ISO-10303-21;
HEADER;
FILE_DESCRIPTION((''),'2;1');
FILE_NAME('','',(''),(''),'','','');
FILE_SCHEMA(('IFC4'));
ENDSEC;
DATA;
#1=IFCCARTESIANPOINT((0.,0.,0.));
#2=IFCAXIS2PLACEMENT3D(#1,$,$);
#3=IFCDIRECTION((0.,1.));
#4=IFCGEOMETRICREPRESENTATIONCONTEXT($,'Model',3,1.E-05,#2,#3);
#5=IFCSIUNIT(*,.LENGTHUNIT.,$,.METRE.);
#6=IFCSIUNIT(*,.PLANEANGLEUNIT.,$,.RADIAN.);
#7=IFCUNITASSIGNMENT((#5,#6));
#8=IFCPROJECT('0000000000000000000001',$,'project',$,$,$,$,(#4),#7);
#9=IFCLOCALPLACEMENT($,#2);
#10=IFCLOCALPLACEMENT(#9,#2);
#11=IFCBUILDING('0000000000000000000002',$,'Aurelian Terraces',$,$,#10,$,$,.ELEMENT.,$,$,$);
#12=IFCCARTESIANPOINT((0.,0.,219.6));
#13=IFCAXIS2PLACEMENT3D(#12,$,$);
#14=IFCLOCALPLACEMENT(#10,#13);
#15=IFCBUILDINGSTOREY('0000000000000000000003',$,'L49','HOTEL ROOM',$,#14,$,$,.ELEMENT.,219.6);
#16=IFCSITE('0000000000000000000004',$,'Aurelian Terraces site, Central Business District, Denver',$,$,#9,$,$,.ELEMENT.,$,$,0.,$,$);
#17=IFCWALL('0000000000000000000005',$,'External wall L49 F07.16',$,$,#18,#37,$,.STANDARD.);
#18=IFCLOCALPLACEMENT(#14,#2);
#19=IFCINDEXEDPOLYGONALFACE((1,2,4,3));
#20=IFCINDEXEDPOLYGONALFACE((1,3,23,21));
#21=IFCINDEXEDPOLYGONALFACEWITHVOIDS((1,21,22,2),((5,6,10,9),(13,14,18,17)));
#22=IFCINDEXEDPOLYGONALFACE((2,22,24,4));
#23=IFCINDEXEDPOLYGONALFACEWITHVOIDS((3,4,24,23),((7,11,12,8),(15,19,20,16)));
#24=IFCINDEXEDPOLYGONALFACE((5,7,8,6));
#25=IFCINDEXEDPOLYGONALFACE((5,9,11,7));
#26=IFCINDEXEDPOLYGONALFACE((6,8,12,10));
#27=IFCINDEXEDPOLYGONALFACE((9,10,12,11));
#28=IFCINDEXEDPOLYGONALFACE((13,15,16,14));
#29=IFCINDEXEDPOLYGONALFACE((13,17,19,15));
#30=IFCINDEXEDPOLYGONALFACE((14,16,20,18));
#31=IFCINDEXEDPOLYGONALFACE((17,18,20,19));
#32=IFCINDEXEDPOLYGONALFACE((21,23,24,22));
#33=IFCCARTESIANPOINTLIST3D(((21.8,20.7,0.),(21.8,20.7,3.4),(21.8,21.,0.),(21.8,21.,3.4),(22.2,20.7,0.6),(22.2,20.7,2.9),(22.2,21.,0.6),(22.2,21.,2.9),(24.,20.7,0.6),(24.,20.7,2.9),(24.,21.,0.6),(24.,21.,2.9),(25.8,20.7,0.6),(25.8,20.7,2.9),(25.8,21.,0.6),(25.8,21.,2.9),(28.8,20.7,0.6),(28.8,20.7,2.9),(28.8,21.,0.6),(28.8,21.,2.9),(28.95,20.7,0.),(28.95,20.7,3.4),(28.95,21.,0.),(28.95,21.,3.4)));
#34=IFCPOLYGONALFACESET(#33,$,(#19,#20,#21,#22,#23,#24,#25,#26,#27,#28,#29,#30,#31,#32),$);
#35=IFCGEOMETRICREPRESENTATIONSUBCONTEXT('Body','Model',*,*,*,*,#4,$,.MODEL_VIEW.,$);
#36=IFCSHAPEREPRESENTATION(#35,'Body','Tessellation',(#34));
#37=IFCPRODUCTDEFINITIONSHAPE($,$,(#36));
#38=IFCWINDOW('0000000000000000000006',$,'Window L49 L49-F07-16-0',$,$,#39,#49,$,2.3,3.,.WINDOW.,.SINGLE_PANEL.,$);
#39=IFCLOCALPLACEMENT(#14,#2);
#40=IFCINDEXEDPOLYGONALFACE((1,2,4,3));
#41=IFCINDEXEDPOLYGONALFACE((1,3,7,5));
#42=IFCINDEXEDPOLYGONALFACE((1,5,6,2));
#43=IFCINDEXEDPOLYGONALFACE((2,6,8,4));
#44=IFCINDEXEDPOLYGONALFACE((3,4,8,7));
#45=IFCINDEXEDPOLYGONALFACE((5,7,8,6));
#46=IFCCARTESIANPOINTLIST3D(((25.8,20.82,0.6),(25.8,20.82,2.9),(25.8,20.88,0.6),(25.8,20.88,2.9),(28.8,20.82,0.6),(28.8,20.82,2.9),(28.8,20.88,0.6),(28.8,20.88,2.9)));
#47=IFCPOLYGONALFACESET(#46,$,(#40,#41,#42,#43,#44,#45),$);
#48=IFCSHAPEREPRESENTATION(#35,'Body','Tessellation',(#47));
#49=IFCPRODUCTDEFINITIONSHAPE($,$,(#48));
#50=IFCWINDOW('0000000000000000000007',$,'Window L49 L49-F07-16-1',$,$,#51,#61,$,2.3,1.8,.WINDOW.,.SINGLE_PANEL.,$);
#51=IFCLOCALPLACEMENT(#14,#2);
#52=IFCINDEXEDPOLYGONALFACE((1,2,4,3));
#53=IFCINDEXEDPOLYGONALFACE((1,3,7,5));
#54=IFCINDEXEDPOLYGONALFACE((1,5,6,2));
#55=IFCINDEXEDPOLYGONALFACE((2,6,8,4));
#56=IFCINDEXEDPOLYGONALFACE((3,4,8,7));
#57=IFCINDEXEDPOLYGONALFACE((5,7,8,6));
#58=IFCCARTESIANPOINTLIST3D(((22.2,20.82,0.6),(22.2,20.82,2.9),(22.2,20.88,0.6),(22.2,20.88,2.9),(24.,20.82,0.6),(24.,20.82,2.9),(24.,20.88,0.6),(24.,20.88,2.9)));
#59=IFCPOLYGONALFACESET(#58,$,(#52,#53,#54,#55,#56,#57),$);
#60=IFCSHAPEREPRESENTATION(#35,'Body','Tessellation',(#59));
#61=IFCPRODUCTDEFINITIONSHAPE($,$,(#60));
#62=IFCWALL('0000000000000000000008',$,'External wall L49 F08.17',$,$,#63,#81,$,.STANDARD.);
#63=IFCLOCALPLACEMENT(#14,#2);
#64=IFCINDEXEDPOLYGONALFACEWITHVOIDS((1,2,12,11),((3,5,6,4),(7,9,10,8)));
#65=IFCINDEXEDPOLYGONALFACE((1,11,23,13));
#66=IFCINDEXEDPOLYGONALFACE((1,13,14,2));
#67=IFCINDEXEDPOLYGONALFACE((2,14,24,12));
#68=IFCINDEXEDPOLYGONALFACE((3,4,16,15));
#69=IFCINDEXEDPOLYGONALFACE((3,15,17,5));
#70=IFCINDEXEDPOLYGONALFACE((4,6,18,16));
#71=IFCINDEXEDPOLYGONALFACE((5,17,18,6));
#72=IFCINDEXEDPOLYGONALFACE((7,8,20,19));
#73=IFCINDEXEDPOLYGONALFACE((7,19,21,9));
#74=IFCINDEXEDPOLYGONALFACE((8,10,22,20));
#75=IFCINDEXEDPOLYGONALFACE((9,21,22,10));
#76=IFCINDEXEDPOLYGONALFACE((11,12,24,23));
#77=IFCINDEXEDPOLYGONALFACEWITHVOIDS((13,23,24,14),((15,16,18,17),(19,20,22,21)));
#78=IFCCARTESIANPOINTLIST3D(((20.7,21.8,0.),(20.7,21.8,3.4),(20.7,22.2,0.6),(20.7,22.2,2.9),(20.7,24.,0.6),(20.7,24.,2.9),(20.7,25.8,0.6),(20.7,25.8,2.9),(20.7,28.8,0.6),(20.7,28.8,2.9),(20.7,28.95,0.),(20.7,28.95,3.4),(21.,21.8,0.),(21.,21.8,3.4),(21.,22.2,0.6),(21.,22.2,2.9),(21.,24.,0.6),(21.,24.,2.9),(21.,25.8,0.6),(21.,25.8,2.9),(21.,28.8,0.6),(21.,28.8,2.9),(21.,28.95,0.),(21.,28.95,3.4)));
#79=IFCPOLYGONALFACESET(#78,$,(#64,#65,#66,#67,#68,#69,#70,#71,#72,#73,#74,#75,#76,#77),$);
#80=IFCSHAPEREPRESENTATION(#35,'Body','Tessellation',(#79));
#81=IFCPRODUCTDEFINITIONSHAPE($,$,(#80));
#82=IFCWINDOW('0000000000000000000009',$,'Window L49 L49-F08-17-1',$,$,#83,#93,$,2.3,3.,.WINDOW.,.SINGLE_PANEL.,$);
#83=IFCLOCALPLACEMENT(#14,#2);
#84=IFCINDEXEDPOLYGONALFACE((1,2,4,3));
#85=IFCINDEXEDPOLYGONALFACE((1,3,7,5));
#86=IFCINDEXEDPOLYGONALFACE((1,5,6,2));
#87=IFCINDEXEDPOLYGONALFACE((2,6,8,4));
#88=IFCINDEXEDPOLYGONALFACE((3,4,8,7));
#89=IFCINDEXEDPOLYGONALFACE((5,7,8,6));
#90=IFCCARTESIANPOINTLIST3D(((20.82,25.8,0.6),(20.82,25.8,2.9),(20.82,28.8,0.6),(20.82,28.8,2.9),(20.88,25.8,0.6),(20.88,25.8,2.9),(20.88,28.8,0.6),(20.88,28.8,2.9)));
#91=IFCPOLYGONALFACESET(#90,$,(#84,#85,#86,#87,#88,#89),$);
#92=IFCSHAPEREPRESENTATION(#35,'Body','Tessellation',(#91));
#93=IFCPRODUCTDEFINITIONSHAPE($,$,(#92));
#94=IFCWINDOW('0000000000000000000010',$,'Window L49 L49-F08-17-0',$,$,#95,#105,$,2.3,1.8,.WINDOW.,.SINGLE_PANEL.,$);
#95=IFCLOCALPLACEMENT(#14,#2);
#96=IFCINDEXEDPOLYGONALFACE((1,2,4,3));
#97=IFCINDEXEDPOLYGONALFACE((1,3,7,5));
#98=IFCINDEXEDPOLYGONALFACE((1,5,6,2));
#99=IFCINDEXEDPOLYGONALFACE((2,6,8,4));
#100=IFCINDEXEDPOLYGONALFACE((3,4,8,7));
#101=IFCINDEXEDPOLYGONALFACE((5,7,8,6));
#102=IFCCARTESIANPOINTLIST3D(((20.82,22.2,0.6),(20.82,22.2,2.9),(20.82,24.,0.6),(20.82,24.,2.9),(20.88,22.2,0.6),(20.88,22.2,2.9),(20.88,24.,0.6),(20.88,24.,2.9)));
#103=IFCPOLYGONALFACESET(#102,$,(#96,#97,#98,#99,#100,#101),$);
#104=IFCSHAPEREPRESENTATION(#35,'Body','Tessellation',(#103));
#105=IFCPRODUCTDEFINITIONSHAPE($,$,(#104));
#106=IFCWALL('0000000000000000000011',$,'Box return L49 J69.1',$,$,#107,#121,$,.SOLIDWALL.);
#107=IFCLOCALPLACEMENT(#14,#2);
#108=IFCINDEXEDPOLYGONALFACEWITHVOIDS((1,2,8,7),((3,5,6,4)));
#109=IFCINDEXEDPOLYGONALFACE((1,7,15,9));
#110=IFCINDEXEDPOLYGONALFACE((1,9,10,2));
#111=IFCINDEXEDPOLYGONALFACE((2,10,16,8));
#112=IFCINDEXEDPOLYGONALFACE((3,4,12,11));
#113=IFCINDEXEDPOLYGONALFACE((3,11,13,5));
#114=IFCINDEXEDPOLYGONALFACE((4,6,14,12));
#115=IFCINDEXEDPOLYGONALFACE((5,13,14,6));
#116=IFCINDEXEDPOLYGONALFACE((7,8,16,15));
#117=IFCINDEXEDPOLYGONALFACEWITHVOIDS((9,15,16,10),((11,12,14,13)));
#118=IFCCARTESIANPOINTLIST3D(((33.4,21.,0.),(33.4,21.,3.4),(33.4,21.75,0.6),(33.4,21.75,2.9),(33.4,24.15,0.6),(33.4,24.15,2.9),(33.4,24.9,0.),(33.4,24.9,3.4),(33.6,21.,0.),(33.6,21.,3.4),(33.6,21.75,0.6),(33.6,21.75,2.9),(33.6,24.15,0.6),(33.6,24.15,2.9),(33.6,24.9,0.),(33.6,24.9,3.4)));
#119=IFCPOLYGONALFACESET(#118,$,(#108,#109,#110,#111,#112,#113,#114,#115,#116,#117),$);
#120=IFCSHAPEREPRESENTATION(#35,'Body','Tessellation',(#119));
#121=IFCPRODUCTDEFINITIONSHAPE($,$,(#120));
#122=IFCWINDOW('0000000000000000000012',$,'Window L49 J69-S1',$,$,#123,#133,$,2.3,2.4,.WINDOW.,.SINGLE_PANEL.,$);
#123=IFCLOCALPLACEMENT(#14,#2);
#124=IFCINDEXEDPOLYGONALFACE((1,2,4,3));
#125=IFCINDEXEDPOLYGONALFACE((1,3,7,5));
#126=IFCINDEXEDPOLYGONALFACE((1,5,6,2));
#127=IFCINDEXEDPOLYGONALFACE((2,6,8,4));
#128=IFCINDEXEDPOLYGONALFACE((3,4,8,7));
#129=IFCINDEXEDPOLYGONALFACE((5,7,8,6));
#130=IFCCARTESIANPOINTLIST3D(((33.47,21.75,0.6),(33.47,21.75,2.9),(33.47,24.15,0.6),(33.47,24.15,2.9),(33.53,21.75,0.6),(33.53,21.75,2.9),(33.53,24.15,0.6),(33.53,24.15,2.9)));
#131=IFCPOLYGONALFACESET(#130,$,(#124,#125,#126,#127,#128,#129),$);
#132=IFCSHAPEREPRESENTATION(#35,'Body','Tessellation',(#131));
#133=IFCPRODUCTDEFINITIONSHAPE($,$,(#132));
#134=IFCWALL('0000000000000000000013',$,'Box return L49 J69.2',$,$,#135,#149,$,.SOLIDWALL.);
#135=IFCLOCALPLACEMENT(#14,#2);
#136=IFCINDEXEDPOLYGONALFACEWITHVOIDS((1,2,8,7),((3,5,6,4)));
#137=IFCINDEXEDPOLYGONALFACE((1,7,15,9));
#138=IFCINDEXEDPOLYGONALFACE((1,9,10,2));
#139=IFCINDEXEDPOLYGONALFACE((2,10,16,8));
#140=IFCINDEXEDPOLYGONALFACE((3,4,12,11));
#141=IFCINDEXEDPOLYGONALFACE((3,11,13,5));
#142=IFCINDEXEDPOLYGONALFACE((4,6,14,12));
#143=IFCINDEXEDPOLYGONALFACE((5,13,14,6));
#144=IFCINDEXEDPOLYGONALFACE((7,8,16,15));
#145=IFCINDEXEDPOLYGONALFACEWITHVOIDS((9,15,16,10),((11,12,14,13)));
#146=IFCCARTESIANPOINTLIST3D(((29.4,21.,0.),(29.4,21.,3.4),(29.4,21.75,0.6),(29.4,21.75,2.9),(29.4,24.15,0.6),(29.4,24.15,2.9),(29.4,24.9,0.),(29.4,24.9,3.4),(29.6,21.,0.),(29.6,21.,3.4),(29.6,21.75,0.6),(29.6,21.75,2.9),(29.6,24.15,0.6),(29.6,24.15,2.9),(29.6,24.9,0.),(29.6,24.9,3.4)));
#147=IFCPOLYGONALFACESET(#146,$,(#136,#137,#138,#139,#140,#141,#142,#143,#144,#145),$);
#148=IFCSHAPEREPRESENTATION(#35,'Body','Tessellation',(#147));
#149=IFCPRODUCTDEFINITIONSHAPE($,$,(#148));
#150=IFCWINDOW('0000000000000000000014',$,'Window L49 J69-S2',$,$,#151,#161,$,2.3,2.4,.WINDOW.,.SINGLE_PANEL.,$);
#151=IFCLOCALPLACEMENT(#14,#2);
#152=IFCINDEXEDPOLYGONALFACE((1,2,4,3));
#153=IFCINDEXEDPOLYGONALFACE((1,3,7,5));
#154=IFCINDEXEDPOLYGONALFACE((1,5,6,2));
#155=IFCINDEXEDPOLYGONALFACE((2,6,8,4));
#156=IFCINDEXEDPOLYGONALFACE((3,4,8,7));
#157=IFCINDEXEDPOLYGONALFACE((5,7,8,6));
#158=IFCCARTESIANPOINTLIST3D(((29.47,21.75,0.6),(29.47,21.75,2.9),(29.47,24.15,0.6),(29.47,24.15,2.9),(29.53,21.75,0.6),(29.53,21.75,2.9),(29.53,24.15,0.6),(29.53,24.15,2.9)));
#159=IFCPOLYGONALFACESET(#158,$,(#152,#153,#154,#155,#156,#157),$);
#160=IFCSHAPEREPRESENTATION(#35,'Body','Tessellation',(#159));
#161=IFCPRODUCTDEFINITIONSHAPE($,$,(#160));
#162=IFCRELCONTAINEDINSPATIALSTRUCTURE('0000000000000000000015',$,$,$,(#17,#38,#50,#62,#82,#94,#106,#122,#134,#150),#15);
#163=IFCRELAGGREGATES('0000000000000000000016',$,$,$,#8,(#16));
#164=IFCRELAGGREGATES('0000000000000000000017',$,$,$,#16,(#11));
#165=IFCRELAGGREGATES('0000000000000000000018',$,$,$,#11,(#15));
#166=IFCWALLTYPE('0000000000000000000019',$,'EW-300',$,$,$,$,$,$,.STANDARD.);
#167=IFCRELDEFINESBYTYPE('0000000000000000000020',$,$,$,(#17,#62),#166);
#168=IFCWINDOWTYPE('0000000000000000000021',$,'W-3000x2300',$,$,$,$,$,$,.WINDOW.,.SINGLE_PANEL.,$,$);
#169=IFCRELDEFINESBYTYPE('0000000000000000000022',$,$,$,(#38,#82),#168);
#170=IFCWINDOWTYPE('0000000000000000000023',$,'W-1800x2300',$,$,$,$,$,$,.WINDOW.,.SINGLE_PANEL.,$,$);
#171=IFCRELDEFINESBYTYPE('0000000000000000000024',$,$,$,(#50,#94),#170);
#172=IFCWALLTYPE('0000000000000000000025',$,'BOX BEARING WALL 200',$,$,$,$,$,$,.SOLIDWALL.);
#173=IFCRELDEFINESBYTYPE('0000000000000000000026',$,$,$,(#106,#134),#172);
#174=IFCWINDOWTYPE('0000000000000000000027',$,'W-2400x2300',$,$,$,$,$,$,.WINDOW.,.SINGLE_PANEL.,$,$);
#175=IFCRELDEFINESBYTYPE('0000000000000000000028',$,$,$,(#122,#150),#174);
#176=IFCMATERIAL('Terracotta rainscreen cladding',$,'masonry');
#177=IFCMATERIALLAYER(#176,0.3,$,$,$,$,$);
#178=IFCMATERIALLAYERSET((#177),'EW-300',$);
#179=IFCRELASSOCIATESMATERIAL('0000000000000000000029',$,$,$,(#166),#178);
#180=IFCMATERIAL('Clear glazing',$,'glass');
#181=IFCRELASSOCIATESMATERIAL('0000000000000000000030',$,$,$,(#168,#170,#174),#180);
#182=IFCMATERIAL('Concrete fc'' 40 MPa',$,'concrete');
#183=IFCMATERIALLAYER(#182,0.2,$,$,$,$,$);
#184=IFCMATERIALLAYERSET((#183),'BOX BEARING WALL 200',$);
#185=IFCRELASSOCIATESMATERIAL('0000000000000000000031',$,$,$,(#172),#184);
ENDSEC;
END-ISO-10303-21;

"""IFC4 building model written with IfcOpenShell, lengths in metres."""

from ifc_helpers import new_model, si_unit, direction, frame, frame_2d, origin, place, context, subcontext, project, spatial, rectangle, extrude, source, transform, mapped, material, layer, layer_set, type_object, element, fill, save


model = new_model("IFC4")

# Units and contexts
model_context = context("Model", 3, precision=1e-05, world=origin(), true_north=direction((0.0, 1.0)))
body_context = subcontext(model_context, "Body", "Model", "MODEL_VIEW")
ifc_project = project(units=[si_unit("LENGTHUNIT", "METRE"), si_unit("PLANEANGLEUNIT", "RADIAN")], contexts=[model_context])

# Site, building, storey
site_placement = place(None, origin())
site = spatial("IfcSite", under=ifc_project, at=site_placement, Name="Aurelian Terraces site, Central Business District, Denver", CompositionType="ELEMENT", RefElevation=0.0)
building_placement = place(site_placement, origin())
building = spatial("IfcBuilding", under=site, at=building_placement, Name="Aurelian Terraces", CompositionType="ELEMENT")
storey_placement = place(building_placement, frame((0.0, 0.0, 219.6)))
storey = spatial("IfcBuildingStorey", under=building, at=storey_placement, Name="L49", Description="HOTEL ROOM", CompositionType="ELEMENT", Elevation=219.6)

# Walls, openings, windows
ifc_material_1 = material(Name="Terracotta rainscreen cladding", Category="masonry")
ifc_layer_1 = layer(ifc_material_1, 0.3)
ifc_layer_set_1 = layer_set([ifc_layer_1], Name="EW-300")
wall_type_1 = type_object("IfcWallType", Name="EW-300", PredefinedType="STANDARD", material=ifc_layer_set_1)
shared_shape_1 = source(origin(), body_context, "Body", "SweptSolid", [
    extrude(rectangle(XDim=7.15, YDim=0.3, at=frame_2d((3.575, 0.0))), origin(), (0.0, 0.0, 1.0), 3.4),
])
wall_1_placement = place(storey_placement, frame((28.95, 20.85, 0.0), z_axis=(0.0, 0.0, 1.0), x_axis=(-1.0, 0.0, 0.0)))
wall_1 = element("IfcWall", 1, at=wall_1_placement, inside=storey, type_object=wall_type_1, Name="External wall L49 F07.16", PredefinedType="STANDARD", context=body_context, shape_type="MappedRepresentation", body=[
    mapped(shared_shape_1, transform((0.0, 0.0, 0.0), scale=1.0)),
])
shared_shape_2 = source(origin(), body_context, "Body", "SweptSolid", [
    extrude(rectangle(XDim=3.0, YDim=2.3, at=frame_2d((1.5, 1.15))), frame((0.0, 0.16, 0.0), z_axis=(0.0, -1.0, 0.0), x_axis=(1.0, 0.0, 0.0)), (0.0, 0.0, 1.0), 0.32),
])
opening_1_placement = place(wall_1_placement, frame((0.15, 0.0, 0.6)))
opening_1 = element("IfcOpeningElement", 2, at=opening_1_placement, cuts=wall_1, PredefinedType="OPENING", context=body_context, shape_type="MappedRepresentation", body=[
    mapped(shared_shape_2, transform((0.0, 0.0, 0.0), scale=1.0)),
])
shared_shape_3 = source(origin(), body_context, "Body", "SweptSolid", [
    extrude(rectangle(XDim=1.8, YDim=2.3, at=frame_2d((0.9, 1.15))), frame((0.0, 0.16, 0.0), z_axis=(0.0, -1.0, 0.0), x_axis=(1.0, 0.0, 0.0)), (0.0, 0.0, 1.0), 0.32),
])
opening_2_placement = place(wall_1_placement, frame((4.95, 0.0, 0.6)))
opening_2 = element("IfcOpeningElement", 3, at=opening_2_placement, cuts=wall_1, PredefinedType="OPENING", context=body_context, shape_type="MappedRepresentation", body=[
    mapped(shared_shape_3, transform((0.0, 0.0, 0.0), scale=1.0)),
])
ifc_material_2 = material(Name="Clear glazing", Category="glass")
window_type_1 = type_object("IfcWindowType", Name="W-3000x2300", PartitioningType="SINGLE_PANEL", PredefinedType="WINDOW", material=ifc_material_2)
shared_shape_4 = source(origin(), body_context, "Body", "SweptSolid", [
    extrude(rectangle(XDim=3.0, YDim=2.3, at=frame_2d((1.5, 1.15))), frame((0.0, 0.03, 0.0), z_axis=(0.0, -1.0, 0.0), x_axis=(1.0, 0.0, 0.0)), (0.0, 0.0, 1.0), 0.06),
])
window_1_placement = place(opening_1_placement, origin())
window_1 = element("IfcWindow", 4, at=window_1_placement, inside=storey, type_object=window_type_1, Name="Window L49 L49-F07-16-0", OverallHeight=2.3, OverallWidth=3.0, PartitioningType="SINGLE_PANEL", PredefinedType="WINDOW", context=body_context, shape_type="MappedRepresentation", body=[
    mapped(shared_shape_4, transform((0.0, 0.0, 0.0), scale=1.0)),
])
fill(opening_1, window_1)
window_type_2 = type_object("IfcWindowType", Name="W-1800x2300", PartitioningType="SINGLE_PANEL", PredefinedType="WINDOW", material=ifc_material_2)
shared_shape_5 = source(origin(), body_context, "Body", "SweptSolid", [
    extrude(rectangle(XDim=1.8, YDim=2.3, at=frame_2d((0.9, 1.15))), frame((0.0, 0.03, 0.0), z_axis=(0.0, -1.0, 0.0), x_axis=(1.0, 0.0, 0.0)), (0.0, 0.0, 1.0), 0.06),
])
window_2_placement = place(opening_2_placement, origin())
window_2 = element("IfcWindow", 5, at=window_2_placement, inside=storey, type_object=window_type_2, Name="Window L49 L49-F07-16-1", OverallHeight=2.3, OverallWidth=1.8, PartitioningType="SINGLE_PANEL", PredefinedType="WINDOW", context=body_context, shape_type="MappedRepresentation", body=[
    mapped(shared_shape_5, transform((0.0, 0.0, 0.0), scale=1.0)),
])
fill(opening_2, window_2)
wall_2_placement = place(storey_placement, frame((20.85, 21.8, 0.0), z_axis=(0.0, 0.0, 1.0), x_axis=(0.0, 1.0, 0.0)))
wall_2 = element("IfcWall", 6, at=wall_2_placement, inside=storey, type_object=wall_type_1, Name="External wall L49 F08.17", PredefinedType="STANDARD", context=body_context, shape_type="MappedRepresentation", body=[
    mapped(shared_shape_1, transform((0.0, 0.0, 0.0), scale=1.0)),
])
opening_3_placement = place(wall_2_placement, frame((0.4, 0.0, 0.6)))
opening_3 = element("IfcOpeningElement", 7, at=opening_3_placement, cuts=wall_2, PredefinedType="OPENING", context=body_context, shape_type="MappedRepresentation", body=[
    mapped(shared_shape_3, transform((0.0, 0.0, 0.0), scale=1.0)),
])
opening_4_placement = place(wall_2_placement, frame((4.0, 0.0, 0.6)))
opening_4 = element("IfcOpeningElement", 8, at=opening_4_placement, cuts=wall_2, PredefinedType="OPENING", context=body_context, shape_type="MappedRepresentation", body=[
    mapped(shared_shape_2, transform((0.0, 0.0, 0.0), scale=1.0)),
])
window_3_placement = place(opening_4_placement, origin())
window_3 = element("IfcWindow", 9, at=window_3_placement, inside=storey, type_object=window_type_1, Name="Window L49 L49-F08-17-1", OverallHeight=2.3, OverallWidth=3.0, PartitioningType="SINGLE_PANEL", PredefinedType="WINDOW", context=body_context, shape_type="MappedRepresentation", body=[
    mapped(shared_shape_4, transform((0.0, 0.0, 0.0), scale=1.0)),
])
fill(opening_4, window_3)
window_4_placement = place(opening_3_placement, origin())
window_4 = element("IfcWindow", 10, at=window_4_placement, inside=storey, type_object=window_type_2, Name="Window L49 L49-F08-17-0", OverallHeight=2.3, OverallWidth=1.8, PartitioningType="SINGLE_PANEL", PredefinedType="WINDOW", context=body_context, shape_type="MappedRepresentation", body=[
    mapped(shared_shape_5, transform((0.0, 0.0, 0.0), scale=1.0)),
])
fill(opening_3, window_4)

# Walls, openings, windows
ifc_material_3 = material(Name="Concrete fc' 40 MPa", Category="concrete")
ifc_layer_2 = layer(ifc_material_3, 0.2)
ifc_layer_set_2 = layer_set([ifc_layer_2], Name="BOX BEARING WALL 200")
wall_type_2 = type_object("IfcWallType", Name="BOX BEARING WALL 200", PredefinedType="SOLIDWALL", material=ifc_layer_set_2)
shared_shape_6 = source(origin(), body_context, "Body", "SweptSolid", [
    extrude(rectangle(XDim=3.9, YDim=0.2, at=frame_2d((1.95, 0.0))), origin(), (0.0, 0.0, 1.0), 3.4),
])
wall_3_placement = place(storey_placement, frame((33.5, 21.0, 0.0), z_axis=(0.0, 0.0, 1.0), x_axis=(0.0, 1.0, 0.0)))
wall_3 = element("IfcWall", 11, at=wall_3_placement, inside=storey, type_object=wall_type_2, Name="Box return L49 J69.1", PredefinedType="SOLIDWALL", context=body_context, shape_type="MappedRepresentation", body=[
    mapped(shared_shape_6, transform((0.0, 0.0, 0.0), scale=1.0)),
])
shared_shape_7 = source(origin(), body_context, "Body", "SweptSolid", [
    extrude(rectangle(XDim=2.4, YDim=2.3, at=frame_2d((1.2, 1.15))), frame((0.0, 0.11, 0.0), z_axis=(0.0, -1.0, 0.0), x_axis=(1.0, 0.0, 0.0)), (0.0, 0.0, 1.0), 0.22),
])
opening_5_placement = place(wall_3_placement, frame((0.75, 0.0, 0.6)))
opening_5 = element("IfcOpeningElement", 12, at=opening_5_placement, cuts=wall_3, PredefinedType="OPENING", context=body_context, shape_type="MappedRepresentation", body=[
    mapped(shared_shape_7, transform((0.0, 0.0, 0.0), scale=1.0)),
])
window_type_3 = type_object("IfcWindowType", Name="W-2400x2300", PartitioningType="SINGLE_PANEL", PredefinedType="WINDOW", material=ifc_material_2)
shared_shape_8 = source(origin(), body_context, "Body", "SweptSolid", [
    extrude(rectangle(XDim=2.4, YDim=2.3, at=frame_2d((1.2, 1.15))), frame((0.0, 0.03, 0.0), z_axis=(0.0, -1.0, 0.0), x_axis=(1.0, 0.0, 0.0)), (0.0, 0.0, 1.0), 0.06),
])
window_5_placement = place(opening_5_placement, origin())
window_5 = element("IfcWindow", 13, at=window_5_placement, inside=storey, type_object=window_type_3, Name="Window L49 J69-S1", OverallHeight=2.3, OverallWidth=2.4, PartitioningType="SINGLE_PANEL", PredefinedType="WINDOW", context=body_context, shape_type="MappedRepresentation", body=[
    mapped(shared_shape_8, transform((0.0, 0.0, 0.0), scale=1.0)),
])
fill(opening_5, window_5)
wall_4_placement = place(storey_placement, frame((29.5, 21.0, 0.0), z_axis=(0.0, 0.0, 1.0), x_axis=(0.0, 1.0, 0.0)))
wall_4 = element("IfcWall", 14, at=wall_4_placement, inside=storey, type_object=wall_type_2, Name="Box return L49 J69.2", PredefinedType="SOLIDWALL", context=body_context, shape_type="MappedRepresentation", body=[
    mapped(shared_shape_6, transform((0.0, 0.0, 0.0), scale=1.0)),
])
opening_6_placement = place(wall_4_placement, frame((0.75, 0.0, 0.6)))
opening_6 = element("IfcOpeningElement", 15, at=opening_6_placement, cuts=wall_4, PredefinedType="OPENING", context=body_context, shape_type="MappedRepresentation", body=[
    mapped(shared_shape_7, transform((0.0, 0.0, 0.0), scale=1.0)),
])
window_6_placement = place(opening_6_placement, origin())
window_6 = element("IfcWindow", 16, at=window_6_placement, inside=storey, type_object=window_type_3, Name="Window L49 J69-S2", OverallHeight=2.3, OverallWidth=2.4, PartitioningType="SINGLE_PANEL", PredefinedType="WINDOW", context=body_context, shape_type="MappedRepresentation", body=[
    mapped(shared_shape_8, transform((0.0, 0.0, 0.0), scale=1.0)),
])
fill(opening_6, window_6)

save(model, "model.ifc")
